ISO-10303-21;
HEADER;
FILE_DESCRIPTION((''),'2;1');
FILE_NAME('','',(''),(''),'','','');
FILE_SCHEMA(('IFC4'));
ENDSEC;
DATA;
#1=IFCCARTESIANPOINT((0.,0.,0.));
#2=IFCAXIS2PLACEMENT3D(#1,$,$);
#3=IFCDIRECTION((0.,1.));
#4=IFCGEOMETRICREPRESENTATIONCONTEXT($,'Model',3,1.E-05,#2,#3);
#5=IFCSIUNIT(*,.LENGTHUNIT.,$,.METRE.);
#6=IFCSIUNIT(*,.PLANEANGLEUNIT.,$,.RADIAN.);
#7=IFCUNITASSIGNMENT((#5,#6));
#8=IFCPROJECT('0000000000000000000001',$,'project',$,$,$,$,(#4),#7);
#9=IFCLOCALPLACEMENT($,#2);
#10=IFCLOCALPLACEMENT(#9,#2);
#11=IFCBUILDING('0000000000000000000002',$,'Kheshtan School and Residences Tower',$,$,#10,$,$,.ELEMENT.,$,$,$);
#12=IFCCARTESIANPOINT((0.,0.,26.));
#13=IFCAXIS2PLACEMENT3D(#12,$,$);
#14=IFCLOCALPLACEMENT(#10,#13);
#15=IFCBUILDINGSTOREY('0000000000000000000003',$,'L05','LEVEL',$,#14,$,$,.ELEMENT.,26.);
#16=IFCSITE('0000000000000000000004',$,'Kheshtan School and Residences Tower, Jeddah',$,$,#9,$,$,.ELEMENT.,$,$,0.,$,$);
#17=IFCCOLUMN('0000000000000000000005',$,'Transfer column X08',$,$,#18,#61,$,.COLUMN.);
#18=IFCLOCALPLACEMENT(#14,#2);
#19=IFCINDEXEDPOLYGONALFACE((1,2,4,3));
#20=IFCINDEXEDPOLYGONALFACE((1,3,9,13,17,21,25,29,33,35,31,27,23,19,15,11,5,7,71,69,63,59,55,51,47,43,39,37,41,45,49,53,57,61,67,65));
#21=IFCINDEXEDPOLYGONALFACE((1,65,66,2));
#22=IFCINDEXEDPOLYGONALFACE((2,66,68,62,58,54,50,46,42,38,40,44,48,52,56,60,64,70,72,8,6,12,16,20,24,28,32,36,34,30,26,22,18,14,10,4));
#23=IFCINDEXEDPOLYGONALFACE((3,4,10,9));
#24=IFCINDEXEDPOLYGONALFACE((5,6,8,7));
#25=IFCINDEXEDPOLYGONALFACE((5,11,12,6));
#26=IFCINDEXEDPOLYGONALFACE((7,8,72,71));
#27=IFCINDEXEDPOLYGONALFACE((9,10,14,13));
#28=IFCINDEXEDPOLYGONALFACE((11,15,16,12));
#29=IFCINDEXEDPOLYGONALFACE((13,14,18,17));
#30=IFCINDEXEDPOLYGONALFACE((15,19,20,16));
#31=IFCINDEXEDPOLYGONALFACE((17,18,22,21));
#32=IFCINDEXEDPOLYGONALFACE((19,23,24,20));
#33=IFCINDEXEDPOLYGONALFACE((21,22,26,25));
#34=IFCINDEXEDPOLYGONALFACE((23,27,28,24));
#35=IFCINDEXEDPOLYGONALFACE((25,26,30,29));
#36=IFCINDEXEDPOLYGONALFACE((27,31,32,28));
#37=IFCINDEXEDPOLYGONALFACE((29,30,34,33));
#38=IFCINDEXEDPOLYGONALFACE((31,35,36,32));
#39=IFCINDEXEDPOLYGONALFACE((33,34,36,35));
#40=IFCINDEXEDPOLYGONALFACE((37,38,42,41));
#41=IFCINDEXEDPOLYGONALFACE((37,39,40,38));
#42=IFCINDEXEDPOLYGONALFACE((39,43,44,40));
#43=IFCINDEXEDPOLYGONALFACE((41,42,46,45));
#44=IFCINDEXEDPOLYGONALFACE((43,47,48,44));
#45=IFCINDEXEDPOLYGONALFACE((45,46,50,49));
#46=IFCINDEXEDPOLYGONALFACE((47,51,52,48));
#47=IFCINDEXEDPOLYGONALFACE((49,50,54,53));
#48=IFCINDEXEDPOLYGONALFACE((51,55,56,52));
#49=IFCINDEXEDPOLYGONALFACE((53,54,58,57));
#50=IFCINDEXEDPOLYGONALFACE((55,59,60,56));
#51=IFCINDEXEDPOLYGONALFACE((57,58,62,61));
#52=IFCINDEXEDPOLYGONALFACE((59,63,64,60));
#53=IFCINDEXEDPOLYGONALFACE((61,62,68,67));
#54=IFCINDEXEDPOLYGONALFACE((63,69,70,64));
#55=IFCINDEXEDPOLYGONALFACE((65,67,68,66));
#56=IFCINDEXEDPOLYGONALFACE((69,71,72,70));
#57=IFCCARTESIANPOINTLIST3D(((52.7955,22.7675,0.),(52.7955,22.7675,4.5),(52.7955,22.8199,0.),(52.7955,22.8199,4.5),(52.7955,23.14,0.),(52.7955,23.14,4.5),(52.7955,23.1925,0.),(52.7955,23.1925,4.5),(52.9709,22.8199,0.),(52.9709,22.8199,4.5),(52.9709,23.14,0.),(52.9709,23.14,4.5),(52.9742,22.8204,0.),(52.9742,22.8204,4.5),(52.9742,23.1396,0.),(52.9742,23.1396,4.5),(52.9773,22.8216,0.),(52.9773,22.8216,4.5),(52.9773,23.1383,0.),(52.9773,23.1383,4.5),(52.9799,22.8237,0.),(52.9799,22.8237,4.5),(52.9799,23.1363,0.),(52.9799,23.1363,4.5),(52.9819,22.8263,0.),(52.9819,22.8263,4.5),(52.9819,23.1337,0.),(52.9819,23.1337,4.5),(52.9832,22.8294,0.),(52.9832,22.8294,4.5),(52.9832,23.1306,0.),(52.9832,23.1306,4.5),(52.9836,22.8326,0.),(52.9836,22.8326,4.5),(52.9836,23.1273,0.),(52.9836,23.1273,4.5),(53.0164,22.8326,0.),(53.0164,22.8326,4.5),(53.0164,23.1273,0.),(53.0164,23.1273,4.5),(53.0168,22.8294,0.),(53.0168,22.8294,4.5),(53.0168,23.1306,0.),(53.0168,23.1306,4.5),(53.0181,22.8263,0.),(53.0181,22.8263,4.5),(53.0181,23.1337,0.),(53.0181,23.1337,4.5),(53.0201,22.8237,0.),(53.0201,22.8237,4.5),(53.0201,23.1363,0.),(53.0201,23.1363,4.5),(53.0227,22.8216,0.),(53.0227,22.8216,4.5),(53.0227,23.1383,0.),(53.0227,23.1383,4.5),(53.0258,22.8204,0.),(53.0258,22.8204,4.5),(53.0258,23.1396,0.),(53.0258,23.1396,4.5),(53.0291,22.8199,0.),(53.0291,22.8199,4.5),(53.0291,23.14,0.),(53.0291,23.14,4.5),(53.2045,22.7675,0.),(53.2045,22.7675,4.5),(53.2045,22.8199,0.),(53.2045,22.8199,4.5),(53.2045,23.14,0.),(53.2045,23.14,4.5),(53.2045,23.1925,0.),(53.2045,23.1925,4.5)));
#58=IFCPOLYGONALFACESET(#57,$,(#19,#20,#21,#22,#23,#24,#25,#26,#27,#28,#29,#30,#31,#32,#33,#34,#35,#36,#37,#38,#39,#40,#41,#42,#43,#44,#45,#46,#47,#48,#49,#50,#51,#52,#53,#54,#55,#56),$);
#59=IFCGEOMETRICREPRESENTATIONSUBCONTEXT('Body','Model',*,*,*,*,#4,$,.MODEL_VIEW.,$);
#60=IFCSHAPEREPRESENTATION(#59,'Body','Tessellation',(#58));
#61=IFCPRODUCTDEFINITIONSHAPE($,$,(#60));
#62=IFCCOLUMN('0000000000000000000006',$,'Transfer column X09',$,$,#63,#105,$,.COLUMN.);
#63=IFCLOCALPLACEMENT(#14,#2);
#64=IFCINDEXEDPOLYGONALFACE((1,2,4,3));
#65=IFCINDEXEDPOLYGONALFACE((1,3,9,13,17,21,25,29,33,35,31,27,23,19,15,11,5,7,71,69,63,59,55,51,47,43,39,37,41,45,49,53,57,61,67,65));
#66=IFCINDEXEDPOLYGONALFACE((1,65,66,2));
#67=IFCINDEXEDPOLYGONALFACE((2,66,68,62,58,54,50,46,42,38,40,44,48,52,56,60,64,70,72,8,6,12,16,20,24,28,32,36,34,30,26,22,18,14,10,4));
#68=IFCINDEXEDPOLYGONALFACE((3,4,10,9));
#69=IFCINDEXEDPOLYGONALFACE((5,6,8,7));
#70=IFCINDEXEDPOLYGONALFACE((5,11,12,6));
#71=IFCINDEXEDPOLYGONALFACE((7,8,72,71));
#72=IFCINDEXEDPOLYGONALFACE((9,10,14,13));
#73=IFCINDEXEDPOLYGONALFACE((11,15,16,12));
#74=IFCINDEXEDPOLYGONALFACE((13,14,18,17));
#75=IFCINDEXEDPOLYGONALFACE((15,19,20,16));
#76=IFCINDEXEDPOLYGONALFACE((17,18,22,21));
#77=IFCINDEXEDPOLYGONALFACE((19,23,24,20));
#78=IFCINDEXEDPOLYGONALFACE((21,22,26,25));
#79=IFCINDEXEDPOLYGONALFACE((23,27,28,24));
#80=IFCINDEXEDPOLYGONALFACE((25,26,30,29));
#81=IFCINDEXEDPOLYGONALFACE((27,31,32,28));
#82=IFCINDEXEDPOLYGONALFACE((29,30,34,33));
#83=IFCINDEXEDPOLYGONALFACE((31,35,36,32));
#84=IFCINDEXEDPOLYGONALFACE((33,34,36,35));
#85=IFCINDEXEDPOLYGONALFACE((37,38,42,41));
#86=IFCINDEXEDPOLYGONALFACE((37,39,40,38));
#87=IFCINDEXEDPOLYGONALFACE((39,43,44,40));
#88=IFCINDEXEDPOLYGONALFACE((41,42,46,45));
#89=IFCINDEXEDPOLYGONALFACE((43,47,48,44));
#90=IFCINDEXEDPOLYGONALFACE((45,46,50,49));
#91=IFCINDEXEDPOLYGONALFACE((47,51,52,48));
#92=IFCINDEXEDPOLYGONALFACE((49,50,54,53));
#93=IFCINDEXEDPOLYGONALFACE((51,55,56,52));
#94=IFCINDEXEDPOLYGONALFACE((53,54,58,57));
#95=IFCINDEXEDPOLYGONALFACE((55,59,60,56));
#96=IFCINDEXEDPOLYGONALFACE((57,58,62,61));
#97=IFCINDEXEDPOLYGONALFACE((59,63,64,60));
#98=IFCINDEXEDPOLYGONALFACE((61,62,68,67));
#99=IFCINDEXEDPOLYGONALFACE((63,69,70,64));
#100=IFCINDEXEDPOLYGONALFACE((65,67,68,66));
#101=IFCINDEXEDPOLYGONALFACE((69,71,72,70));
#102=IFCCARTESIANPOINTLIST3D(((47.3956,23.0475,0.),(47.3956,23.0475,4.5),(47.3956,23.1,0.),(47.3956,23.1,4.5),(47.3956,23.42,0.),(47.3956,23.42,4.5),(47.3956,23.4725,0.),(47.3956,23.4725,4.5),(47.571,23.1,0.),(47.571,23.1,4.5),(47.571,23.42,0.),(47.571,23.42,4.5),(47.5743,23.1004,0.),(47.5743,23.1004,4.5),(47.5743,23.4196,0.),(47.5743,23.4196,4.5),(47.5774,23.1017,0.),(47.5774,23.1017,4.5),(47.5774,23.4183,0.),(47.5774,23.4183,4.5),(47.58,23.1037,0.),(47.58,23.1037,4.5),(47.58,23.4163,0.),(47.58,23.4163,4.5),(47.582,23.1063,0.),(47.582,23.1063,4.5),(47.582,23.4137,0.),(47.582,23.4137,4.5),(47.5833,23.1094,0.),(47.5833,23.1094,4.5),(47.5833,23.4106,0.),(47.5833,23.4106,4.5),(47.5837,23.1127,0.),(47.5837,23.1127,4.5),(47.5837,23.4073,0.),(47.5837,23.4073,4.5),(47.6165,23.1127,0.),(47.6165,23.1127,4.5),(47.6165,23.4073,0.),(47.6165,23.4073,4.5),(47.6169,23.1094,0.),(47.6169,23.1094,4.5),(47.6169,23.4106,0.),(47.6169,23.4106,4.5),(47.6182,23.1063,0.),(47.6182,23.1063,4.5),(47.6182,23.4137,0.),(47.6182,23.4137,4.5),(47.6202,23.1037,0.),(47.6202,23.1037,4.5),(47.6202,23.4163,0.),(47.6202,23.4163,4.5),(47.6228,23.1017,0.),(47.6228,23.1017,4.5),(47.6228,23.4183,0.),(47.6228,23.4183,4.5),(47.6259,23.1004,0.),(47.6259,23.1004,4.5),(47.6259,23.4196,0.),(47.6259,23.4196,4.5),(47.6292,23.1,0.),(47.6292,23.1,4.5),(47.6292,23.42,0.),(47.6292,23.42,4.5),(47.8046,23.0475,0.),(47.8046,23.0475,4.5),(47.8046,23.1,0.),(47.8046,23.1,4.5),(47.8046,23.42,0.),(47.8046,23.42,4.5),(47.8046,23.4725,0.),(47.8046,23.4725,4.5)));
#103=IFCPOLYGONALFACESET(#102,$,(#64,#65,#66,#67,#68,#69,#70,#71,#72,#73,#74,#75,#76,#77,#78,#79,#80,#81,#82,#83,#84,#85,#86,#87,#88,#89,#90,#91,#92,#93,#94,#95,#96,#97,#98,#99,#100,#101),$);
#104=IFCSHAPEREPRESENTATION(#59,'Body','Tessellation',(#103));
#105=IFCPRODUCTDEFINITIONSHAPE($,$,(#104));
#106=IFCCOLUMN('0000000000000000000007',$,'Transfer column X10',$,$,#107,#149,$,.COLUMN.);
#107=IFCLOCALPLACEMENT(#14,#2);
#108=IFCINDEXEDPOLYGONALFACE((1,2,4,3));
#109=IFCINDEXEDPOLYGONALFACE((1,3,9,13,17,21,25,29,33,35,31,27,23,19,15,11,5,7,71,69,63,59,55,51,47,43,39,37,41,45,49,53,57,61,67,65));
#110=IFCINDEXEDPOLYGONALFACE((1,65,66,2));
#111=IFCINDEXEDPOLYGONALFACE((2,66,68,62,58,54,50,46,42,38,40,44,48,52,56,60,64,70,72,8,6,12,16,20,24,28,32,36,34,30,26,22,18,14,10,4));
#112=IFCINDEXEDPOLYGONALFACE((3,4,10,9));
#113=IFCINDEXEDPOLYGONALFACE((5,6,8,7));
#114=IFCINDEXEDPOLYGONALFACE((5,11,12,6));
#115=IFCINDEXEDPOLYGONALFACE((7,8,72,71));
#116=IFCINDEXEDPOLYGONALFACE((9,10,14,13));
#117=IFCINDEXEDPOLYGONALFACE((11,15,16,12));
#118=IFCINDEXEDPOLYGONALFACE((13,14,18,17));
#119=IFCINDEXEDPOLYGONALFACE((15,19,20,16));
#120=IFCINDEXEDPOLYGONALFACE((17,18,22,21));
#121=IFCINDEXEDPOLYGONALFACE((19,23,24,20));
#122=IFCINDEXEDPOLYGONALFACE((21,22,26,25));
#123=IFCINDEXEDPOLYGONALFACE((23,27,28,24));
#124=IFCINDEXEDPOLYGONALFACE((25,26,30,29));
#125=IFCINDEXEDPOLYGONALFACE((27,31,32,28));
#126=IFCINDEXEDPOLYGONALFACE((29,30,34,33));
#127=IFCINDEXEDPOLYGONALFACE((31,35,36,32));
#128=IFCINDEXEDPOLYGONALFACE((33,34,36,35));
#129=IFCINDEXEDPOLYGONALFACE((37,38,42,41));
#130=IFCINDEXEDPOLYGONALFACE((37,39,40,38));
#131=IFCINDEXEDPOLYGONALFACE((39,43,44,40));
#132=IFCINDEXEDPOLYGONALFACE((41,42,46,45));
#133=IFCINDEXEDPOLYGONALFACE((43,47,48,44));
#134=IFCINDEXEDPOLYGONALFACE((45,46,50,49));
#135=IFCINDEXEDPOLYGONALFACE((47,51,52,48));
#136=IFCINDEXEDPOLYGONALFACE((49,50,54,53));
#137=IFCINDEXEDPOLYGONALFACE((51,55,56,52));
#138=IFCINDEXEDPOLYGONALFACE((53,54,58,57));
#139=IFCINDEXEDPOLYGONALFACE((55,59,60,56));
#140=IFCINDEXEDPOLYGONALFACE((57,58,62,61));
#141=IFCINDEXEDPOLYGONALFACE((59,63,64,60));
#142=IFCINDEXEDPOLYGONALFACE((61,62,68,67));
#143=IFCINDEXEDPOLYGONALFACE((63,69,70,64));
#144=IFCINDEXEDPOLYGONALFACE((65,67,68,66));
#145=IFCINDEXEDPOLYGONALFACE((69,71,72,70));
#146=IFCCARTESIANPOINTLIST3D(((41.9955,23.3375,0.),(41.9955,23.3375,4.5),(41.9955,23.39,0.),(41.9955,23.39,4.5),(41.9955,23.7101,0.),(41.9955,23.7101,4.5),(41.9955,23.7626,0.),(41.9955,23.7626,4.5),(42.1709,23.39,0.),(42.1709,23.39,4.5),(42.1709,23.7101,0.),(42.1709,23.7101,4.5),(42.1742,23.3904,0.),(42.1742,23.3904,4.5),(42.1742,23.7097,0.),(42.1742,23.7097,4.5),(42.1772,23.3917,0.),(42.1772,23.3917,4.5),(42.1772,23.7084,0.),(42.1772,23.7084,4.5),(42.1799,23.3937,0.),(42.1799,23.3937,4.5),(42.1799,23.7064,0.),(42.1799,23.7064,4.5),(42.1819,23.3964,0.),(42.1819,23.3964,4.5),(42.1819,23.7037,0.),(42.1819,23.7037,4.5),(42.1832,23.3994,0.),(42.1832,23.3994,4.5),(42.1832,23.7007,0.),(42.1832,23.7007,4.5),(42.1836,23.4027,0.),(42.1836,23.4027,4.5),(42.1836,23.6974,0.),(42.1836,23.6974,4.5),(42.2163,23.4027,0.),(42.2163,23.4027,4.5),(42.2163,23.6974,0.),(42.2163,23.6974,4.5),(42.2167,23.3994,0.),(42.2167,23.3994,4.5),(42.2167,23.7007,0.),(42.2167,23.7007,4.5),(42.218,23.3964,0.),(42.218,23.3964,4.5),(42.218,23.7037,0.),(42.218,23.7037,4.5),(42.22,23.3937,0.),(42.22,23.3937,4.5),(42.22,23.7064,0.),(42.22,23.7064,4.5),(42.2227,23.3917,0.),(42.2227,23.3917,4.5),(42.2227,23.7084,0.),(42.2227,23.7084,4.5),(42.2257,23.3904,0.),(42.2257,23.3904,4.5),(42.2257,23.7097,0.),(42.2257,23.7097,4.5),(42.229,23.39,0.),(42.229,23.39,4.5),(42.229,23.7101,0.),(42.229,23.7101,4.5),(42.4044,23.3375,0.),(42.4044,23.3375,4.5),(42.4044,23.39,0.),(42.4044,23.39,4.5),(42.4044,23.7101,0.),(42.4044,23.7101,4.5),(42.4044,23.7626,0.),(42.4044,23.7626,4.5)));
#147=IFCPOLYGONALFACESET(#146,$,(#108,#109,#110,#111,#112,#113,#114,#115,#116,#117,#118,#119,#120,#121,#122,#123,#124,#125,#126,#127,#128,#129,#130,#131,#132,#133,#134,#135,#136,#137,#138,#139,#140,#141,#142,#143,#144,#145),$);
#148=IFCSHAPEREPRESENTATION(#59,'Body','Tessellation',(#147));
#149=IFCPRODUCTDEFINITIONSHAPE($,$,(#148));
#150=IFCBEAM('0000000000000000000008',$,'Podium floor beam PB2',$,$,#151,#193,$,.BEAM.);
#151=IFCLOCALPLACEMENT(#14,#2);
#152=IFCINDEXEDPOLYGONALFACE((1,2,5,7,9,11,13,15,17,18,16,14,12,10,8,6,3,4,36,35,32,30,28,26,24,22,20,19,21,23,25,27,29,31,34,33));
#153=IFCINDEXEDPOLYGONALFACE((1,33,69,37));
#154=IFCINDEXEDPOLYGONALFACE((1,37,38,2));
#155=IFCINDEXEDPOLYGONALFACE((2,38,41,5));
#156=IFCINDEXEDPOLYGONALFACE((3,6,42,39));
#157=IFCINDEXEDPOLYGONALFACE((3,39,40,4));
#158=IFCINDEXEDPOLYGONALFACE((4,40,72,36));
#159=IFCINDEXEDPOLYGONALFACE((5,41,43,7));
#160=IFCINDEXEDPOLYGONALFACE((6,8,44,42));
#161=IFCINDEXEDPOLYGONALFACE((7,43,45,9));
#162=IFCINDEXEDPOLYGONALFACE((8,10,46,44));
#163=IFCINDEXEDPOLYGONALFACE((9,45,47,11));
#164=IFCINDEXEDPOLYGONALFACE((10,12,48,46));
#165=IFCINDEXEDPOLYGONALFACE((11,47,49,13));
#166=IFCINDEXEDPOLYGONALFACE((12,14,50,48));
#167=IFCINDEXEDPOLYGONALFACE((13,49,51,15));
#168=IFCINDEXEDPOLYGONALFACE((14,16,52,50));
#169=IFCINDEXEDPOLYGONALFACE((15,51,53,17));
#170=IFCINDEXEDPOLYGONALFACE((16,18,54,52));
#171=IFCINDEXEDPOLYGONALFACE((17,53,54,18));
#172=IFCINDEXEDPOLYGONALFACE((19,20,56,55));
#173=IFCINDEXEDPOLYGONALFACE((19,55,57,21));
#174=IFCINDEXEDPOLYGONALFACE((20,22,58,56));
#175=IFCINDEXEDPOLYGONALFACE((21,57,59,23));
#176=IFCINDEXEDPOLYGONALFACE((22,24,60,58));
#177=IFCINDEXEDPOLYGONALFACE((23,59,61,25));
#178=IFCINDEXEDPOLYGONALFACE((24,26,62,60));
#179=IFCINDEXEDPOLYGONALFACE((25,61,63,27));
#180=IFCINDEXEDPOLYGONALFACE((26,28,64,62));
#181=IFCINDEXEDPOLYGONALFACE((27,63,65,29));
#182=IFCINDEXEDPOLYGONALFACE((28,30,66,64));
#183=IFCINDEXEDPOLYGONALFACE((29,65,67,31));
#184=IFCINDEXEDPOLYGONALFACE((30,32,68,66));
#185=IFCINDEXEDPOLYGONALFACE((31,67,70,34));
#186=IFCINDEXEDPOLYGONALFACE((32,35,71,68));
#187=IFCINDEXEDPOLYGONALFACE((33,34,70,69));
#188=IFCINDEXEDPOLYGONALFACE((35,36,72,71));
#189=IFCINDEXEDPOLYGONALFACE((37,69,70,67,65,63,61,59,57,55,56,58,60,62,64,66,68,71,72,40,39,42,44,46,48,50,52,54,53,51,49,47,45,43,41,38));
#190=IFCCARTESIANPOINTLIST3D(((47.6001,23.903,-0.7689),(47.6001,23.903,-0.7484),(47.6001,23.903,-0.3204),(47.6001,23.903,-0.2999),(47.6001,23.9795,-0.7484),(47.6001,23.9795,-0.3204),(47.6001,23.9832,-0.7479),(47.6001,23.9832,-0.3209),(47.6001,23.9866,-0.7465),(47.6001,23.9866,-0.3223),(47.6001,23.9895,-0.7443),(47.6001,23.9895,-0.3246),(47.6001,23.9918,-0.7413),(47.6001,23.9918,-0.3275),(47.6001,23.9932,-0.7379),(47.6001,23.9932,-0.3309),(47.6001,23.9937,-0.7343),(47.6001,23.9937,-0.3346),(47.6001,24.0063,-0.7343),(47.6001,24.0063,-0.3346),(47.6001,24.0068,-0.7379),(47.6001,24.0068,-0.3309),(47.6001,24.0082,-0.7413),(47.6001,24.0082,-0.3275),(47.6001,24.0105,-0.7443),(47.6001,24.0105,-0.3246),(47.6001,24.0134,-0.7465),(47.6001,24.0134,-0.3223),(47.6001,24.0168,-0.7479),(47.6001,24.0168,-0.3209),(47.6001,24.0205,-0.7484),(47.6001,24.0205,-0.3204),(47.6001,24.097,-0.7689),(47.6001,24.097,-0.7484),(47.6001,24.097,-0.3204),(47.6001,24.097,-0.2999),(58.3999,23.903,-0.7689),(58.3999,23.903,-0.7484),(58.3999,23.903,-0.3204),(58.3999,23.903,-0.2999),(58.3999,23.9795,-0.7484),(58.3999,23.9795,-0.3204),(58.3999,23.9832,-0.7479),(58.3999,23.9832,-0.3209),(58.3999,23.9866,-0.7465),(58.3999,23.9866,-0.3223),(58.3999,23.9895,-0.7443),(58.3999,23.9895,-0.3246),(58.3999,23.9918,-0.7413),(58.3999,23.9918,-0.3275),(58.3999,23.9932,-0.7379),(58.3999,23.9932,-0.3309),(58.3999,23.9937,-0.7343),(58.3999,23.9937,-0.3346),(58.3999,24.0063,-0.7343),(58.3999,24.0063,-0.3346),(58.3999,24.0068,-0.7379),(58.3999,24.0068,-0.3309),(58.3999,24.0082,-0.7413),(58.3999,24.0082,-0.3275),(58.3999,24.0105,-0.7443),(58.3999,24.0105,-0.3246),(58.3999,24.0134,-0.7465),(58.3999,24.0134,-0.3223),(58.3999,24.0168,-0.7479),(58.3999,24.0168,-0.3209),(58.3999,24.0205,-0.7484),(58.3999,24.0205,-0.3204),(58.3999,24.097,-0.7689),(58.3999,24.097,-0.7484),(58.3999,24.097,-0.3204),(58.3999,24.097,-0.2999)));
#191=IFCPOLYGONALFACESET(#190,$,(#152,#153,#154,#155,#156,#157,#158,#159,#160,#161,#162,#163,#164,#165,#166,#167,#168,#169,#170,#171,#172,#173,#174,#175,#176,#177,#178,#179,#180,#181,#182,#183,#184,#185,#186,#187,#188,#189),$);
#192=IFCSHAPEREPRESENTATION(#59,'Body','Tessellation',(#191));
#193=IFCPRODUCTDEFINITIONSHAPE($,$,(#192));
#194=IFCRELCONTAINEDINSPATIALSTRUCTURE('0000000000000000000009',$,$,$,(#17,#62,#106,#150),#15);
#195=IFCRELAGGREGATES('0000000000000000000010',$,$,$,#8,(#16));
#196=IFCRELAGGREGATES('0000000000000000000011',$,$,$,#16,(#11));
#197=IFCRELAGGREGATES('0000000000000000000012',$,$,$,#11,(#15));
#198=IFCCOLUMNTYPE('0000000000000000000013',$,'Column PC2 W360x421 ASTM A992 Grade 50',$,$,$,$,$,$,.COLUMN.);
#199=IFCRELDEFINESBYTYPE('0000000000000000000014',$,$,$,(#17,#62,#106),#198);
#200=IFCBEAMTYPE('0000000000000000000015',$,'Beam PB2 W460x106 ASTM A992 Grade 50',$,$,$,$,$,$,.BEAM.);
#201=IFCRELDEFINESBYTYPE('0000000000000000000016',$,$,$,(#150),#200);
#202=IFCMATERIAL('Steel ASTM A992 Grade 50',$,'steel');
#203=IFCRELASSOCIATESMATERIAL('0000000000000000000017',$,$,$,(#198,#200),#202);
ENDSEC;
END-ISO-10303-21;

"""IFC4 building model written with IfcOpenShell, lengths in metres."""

from ifc_helpers import new_model, si_unit, direction, frame, origin, origin_2d, place, context, subcontext, project, spatial, i_section, extrude, material, material_profile, profile_set, type_object, element, save


model = new_model("IFC4")

# Units and contexts
model_context = context("Model", 3, precision=1e-05, world=origin(), true_north=direction((0.0, 1.0)))
body_context = subcontext(model_context, "Body", "Model", "MODEL_VIEW")
ifc_project = project(units=[si_unit("LENGTHUNIT", "METRE"), si_unit("PLANEANGLEUNIT", "RADIAN")], contexts=[model_context])

# Site, building, storey
site_placement = place(None, origin())
site = spatial("IfcSite", under=ifc_project, at=site_placement, Name="Kheshtan School and Residences Tower, Jeddah", CompositionType="ELEMENT", RefElevation=0.0)
building_placement = place(site_placement, origin())
building = spatial("IfcBuilding", under=site, at=building_placement, Name="Kheshtan School and Residences Tower", CompositionType="ELEMENT")
storey_placement = place(building_placement, frame((0.0, 0.0, 26.0)))
storey = spatial("IfcBuildingStorey", under=building, at=storey_placement, Name="L05", Description="LEVEL", CompositionType="ELEMENT", Elevation=26.0)

# Columns
ifc_material_1 = material(Name="Steel ASTM A992 Grade 50", Category="steel")
ifc_material_profile_1 = material_profile(ifc_material_1, i_section(OverallWidth=0.4089, OverallDepth=0.425, WebThickness=0.0327, FlangeThickness=0.0525, FilletRadius=0.0127, at=origin_2d()), Name="W360x421")
ifc_profile_set_1 = profile_set([ifc_material_profile_1], Name="Steel ASTM A992 Grade 50")
column_type = type_object("IfcColumnType", Name="Column PC2 W360x421 ASTM A992 Grade 50", PredefinedType="COLUMN", material=ifc_profile_set_1)
for number, where, z_axis, x_axis, name in (
    (1, (53.0, 22.98, 0.0), (0.0, 0.0, 1.0), (1.0, 0.0, 0.0), "Transfer column X08"),
    (2, (47.6001, 23.26, 0.0), (0.0, 0.0, 1.0), (1.0, 0.0, 0.0), "Transfer column X09"),
    (3, (42.2, 23.55, 0.0), (0.0, 0.0, 1.0), (1.0, 0.0, 0.0), "Transfer column X10"),
):
    element("IfcColumn", number, at=place(storey_placement, frame(where, z_axis=z_axis, x_axis=x_axis)), inside=storey, type_object=column_type, Name=name, PredefinedType="COLUMN", context=body_context, shape_type="SweptSolid", body=[
        extrude(i_section(OverallWidth=0.4089, OverallDepth=0.425, WebThickness=0.0327, FlangeThickness=0.0525, FilletRadius=0.0127, at=origin_2d()), origin(), (0.0, 0.0, 1.0), 4.5),
    ])

# Beam
ifc_material_profile_2 = material_profile(ifc_material_1, i_section(OverallWidth=0.1941, OverallDepth=0.469, WebThickness=0.0127, FlangeThickness=0.0205, FilletRadius=0.0142, at=origin_2d()), Name="W460x106")
ifc_profile_set_2 = profile_set([ifc_material_profile_2], Name="Steel ASTM A992 Grade 50")
beam_type = type_object("IfcBeamType", Name="Beam PB2 W460x106 ASTM A992 Grade 50", PredefinedType="BEAM", material=ifc_profile_set_2)
beam_placement = place(storey_placement, frame((47.6001, 24.0, -0.5344), z_axis=(1.0, 0.0, 0.0), x_axis=(0.0, 1.0, 0.0)))
element("IfcBeam", 4, at=beam_placement, inside=storey, type_object=beam_type, Name="Podium floor beam PB2", PredefinedType="BEAM", context=body_context, shape_type="SweptSolid", body=[
    extrude(i_section(OverallWidth=0.1941, OverallDepth=0.469, WebThickness=0.0127, FlangeThickness=0.0205, FilletRadius=0.0142, at=origin_2d()), origin(), (0.0, 0.0, 1.0), 10.7998),
])

save(model, "model.ifc")
